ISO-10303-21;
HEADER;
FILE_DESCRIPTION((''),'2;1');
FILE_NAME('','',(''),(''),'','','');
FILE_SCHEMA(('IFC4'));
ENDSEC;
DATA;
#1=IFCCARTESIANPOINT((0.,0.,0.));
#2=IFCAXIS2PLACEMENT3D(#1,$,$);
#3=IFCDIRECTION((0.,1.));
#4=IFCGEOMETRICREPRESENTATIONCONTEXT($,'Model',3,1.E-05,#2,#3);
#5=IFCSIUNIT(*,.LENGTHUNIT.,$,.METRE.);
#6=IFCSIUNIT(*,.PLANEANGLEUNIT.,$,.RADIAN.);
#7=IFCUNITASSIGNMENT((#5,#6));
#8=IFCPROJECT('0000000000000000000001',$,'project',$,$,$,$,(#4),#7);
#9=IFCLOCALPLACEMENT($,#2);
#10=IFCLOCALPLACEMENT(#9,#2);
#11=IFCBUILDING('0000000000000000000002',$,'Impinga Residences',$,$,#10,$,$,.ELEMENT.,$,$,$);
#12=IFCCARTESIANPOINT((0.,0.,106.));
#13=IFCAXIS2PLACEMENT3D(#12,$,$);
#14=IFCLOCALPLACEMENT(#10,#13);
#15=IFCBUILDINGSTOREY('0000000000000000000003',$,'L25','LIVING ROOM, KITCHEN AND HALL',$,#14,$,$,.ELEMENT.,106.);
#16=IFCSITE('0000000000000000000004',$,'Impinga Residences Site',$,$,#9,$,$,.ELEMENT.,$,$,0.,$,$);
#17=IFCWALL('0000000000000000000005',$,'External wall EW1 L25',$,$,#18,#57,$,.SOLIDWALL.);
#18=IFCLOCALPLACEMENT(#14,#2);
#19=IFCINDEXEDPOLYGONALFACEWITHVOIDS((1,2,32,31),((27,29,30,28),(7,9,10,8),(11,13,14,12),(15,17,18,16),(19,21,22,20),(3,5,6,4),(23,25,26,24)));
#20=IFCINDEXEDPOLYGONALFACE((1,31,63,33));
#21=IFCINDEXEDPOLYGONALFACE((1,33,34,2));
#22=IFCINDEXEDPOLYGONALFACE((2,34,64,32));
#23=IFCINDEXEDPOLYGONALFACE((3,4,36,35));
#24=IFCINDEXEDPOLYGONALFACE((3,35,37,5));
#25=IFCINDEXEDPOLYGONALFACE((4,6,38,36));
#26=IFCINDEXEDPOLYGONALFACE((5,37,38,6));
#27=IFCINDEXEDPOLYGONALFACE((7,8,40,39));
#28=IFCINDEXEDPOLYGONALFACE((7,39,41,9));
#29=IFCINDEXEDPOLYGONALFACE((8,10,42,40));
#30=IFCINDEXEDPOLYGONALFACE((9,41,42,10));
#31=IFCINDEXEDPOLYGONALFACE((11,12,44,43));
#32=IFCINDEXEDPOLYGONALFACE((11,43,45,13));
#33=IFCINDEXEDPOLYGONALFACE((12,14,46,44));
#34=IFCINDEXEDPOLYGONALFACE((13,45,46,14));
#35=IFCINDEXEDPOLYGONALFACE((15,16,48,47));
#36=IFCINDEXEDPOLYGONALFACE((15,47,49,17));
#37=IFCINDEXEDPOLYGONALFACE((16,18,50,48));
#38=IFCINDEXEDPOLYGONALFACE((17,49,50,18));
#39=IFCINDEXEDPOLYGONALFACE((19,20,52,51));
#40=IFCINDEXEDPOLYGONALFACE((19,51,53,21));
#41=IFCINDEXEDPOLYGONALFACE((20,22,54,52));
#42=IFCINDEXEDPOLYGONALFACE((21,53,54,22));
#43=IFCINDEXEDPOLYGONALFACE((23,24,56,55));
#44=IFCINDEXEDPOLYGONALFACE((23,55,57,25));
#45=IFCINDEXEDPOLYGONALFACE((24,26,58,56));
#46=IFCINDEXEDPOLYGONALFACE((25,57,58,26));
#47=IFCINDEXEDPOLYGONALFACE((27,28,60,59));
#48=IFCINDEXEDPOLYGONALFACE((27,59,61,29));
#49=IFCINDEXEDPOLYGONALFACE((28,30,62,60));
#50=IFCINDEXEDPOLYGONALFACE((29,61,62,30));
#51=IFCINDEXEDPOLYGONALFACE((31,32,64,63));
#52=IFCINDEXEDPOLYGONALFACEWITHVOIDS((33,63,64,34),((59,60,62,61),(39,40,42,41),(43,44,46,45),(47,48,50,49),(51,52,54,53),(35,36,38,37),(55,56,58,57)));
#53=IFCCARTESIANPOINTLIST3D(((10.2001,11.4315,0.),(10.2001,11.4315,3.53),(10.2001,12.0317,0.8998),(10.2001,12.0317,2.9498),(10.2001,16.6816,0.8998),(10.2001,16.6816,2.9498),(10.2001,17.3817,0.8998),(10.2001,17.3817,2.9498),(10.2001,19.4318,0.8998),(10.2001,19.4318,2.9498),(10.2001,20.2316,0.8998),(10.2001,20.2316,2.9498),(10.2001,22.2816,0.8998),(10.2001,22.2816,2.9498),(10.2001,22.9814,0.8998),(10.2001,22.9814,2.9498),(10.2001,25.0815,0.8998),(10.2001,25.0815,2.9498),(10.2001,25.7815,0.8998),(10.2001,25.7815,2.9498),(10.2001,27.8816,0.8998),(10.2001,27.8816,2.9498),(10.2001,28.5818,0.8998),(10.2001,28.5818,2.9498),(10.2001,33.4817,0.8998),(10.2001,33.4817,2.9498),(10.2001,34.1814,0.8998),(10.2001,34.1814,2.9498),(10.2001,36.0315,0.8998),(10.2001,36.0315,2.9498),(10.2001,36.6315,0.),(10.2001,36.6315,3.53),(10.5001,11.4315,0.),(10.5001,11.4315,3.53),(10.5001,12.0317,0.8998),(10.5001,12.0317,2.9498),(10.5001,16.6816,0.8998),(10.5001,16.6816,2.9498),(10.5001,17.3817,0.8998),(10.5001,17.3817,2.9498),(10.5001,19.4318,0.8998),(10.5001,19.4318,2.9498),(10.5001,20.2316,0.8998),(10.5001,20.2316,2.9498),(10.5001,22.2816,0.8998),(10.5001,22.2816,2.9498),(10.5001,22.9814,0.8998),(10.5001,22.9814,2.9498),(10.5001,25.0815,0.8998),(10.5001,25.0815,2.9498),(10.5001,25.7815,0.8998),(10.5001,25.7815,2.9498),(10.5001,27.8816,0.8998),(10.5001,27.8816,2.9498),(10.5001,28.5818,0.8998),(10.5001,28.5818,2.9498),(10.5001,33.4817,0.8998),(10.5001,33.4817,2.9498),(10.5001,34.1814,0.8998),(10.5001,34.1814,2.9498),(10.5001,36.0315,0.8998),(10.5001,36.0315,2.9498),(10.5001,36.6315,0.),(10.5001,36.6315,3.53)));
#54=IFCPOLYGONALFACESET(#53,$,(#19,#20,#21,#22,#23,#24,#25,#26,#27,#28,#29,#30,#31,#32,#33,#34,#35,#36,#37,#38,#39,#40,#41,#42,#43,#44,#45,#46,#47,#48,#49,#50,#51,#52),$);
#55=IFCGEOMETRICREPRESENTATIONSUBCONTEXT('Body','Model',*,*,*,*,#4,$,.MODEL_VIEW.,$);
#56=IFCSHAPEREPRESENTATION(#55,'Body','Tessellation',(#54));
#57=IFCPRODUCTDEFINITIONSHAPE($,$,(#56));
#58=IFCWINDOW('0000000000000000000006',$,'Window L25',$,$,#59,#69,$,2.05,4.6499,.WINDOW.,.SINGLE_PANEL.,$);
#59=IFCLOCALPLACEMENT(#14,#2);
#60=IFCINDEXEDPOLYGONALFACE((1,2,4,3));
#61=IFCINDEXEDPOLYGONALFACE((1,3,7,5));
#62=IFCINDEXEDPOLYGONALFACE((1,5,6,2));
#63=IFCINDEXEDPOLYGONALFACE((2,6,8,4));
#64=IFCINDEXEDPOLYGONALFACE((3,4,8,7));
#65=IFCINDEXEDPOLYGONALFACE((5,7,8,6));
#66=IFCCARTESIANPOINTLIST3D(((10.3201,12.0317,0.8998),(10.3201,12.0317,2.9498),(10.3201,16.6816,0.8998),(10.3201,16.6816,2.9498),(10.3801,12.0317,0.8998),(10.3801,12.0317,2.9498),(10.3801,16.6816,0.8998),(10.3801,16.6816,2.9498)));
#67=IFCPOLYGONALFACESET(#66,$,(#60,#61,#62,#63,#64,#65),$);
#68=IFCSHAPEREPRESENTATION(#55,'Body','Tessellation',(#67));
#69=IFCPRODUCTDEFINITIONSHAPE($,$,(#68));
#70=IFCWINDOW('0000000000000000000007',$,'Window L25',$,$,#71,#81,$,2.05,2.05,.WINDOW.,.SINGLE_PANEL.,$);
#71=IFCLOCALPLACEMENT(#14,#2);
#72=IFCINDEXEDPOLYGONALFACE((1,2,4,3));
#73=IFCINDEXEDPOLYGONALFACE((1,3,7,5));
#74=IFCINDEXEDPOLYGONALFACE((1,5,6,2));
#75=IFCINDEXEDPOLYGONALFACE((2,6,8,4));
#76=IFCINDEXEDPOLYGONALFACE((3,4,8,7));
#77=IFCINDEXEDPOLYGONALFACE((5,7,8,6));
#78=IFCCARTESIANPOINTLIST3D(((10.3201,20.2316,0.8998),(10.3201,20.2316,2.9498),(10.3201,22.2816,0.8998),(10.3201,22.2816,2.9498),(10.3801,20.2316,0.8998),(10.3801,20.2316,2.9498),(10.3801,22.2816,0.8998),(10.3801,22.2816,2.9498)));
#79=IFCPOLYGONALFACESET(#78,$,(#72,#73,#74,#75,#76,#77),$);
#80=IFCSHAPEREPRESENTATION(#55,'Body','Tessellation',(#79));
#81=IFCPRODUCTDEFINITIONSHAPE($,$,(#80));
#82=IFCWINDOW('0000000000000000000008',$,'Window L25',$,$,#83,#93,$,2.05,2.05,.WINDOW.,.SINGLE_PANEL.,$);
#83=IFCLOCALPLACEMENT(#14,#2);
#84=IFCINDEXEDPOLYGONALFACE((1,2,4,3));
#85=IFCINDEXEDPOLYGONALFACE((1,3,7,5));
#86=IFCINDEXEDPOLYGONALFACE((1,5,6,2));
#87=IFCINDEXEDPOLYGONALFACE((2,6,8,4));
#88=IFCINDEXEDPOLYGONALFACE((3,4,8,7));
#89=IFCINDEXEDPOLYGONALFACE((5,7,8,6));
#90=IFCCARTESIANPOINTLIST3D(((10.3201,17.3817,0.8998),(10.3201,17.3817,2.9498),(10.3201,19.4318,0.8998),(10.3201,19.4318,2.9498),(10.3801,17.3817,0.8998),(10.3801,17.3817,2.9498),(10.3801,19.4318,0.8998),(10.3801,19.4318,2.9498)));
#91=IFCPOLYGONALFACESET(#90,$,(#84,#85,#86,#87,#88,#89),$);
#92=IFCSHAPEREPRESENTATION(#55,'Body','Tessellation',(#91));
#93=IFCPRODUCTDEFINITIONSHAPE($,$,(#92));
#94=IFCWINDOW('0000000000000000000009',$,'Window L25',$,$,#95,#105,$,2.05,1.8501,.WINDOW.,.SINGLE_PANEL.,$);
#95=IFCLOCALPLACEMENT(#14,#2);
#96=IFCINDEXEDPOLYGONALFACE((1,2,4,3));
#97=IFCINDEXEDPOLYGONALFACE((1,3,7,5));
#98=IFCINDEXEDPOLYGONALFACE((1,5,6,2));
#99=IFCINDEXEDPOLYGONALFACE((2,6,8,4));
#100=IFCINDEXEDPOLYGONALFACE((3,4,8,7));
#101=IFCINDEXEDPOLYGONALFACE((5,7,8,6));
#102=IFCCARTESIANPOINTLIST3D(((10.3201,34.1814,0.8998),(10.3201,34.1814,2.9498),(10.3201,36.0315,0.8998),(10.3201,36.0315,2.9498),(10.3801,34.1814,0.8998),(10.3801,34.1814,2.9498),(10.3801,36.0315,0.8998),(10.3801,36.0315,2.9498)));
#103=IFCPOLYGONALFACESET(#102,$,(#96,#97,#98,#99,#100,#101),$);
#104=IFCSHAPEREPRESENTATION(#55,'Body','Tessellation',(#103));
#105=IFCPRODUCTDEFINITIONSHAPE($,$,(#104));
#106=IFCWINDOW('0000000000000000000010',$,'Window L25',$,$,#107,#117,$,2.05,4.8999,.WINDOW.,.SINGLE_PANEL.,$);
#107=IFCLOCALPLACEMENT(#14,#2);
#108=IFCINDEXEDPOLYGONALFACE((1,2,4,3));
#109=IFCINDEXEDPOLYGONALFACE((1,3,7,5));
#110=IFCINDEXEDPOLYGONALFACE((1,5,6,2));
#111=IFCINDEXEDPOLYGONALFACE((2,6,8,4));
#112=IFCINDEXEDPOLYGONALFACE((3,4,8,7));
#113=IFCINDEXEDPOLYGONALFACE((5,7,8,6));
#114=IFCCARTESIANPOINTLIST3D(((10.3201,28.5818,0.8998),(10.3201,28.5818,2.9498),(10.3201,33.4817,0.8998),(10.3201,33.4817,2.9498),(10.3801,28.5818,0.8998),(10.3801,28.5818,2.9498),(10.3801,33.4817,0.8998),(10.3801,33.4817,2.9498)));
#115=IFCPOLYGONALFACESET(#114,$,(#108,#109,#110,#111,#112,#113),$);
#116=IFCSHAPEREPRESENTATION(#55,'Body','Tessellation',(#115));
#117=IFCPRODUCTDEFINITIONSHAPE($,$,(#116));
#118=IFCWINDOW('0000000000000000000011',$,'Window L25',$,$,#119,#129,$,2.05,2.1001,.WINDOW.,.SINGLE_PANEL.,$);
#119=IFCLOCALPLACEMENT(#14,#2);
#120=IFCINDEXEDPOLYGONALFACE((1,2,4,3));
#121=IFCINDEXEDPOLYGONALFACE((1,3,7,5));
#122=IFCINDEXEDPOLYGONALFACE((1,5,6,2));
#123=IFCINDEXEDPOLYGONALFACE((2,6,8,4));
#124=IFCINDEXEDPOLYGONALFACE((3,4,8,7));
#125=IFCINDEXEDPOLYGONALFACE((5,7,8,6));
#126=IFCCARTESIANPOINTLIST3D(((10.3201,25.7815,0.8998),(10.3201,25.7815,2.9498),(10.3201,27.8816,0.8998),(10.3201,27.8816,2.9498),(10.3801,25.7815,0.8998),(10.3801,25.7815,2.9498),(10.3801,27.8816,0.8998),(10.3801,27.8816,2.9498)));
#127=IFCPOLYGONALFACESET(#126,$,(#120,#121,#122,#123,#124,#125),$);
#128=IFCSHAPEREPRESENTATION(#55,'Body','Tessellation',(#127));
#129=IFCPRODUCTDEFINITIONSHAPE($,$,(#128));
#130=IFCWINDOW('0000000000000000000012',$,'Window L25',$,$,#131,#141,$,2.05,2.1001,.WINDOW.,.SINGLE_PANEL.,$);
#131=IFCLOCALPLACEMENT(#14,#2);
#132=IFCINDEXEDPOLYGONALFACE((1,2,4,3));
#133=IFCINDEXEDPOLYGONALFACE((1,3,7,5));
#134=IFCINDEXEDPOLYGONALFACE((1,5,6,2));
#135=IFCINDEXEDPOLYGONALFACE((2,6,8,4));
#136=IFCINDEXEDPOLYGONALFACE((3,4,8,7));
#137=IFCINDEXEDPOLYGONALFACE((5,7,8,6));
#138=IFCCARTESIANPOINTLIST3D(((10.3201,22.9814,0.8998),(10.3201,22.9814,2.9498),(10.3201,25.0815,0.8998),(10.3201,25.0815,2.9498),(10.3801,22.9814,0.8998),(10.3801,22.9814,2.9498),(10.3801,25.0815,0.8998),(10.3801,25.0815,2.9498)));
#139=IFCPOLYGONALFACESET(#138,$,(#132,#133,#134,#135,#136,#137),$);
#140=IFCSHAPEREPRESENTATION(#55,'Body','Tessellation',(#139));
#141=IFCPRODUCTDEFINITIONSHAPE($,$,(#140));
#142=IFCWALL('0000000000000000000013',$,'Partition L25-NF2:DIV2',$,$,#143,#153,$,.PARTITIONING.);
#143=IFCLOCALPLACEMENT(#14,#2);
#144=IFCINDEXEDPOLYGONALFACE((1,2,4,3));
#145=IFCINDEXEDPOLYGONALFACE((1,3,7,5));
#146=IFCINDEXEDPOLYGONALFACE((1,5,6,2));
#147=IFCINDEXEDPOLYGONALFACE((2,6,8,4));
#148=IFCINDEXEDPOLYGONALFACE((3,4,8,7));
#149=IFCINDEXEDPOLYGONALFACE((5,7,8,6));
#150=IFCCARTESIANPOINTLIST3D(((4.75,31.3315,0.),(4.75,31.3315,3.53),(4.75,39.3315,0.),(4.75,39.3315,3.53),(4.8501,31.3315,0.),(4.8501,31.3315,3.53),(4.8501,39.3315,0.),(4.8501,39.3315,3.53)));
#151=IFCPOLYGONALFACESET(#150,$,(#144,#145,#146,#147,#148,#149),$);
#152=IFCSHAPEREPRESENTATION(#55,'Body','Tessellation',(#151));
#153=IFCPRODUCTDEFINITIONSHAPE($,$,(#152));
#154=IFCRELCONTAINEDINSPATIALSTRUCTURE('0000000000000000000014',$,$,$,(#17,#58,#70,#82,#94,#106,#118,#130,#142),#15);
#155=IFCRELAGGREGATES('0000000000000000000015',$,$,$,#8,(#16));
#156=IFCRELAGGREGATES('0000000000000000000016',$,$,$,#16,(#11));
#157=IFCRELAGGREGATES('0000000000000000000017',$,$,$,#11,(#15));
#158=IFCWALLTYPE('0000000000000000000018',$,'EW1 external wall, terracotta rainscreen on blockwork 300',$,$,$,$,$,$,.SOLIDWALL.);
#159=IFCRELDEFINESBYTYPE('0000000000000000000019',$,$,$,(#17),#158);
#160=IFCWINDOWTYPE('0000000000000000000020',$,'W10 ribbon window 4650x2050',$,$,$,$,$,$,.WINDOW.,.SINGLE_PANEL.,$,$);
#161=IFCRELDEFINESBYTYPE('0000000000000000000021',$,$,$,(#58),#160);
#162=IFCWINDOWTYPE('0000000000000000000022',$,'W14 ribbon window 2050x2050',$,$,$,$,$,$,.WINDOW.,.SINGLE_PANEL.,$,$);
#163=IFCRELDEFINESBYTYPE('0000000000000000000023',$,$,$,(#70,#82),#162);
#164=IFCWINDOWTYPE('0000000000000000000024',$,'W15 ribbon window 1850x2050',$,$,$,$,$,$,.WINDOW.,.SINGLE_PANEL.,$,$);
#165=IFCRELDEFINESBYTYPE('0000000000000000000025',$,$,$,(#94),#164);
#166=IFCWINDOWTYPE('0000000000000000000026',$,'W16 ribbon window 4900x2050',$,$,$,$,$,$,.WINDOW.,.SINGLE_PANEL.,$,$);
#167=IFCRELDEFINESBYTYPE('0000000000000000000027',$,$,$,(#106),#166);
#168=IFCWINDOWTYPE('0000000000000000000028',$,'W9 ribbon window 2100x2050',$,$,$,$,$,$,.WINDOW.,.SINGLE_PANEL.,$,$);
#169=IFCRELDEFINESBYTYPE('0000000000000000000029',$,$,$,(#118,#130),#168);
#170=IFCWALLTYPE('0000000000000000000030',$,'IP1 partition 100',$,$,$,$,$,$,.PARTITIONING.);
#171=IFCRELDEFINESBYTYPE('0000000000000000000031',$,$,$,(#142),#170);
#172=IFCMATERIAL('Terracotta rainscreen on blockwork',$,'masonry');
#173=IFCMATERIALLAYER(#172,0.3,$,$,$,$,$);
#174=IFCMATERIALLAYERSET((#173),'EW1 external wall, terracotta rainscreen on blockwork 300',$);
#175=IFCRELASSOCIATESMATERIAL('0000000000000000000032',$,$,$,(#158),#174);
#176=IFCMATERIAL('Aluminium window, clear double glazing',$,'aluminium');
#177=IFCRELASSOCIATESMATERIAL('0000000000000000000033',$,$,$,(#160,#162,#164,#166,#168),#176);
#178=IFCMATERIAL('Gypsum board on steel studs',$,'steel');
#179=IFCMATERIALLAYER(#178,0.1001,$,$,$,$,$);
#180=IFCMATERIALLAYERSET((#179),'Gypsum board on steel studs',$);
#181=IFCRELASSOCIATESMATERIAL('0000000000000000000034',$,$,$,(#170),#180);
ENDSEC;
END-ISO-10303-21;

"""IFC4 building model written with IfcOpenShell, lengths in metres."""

from ifc_helpers import new_model, si_unit, direction, frame, frame_2d, origin, place, context, subcontext, project, spatial, rectangle, extrude, material, layer, layer_set, type_object, element, fill, save


model = new_model("IFC4")

# Units and contexts
model_context = context("Model", 3, precision=1e-05, world=origin(), true_north=direction((0.0, 1.0)))
body_context = subcontext(model_context, "Body", "Model", "MODEL_VIEW")
ifc_project = project(units=[si_unit("LENGTHUNIT", "METRE"), si_unit("PLANEANGLEUNIT", "RADIAN")], contexts=[model_context])

# Site, building, storey
site_placement = place(None, origin())
site = spatial("IfcSite", under=ifc_project, at=site_placement, Name="Impinga Residences Site", CompositionType="ELEMENT", RefElevation=0.0)
building_placement = place(site_placement, origin())
building = spatial("IfcBuilding", under=site, at=building_placement, Name="Impinga Residences", CompositionType="ELEMENT")
storey_placement = place(building_placement, frame((0.0, 0.0, 106.0)))
storey = spatial("IfcBuildingStorey", under=building, at=storey_placement, Name="L25", Description="LIVING ROOM, KITCHEN AND HALL", CompositionType="ELEMENT", Elevation=106.0)

# Shared definitions
ifc_material_1 = material(Name="Terracotta rainscreen on blockwork", Category="masonry")
ifc_layer_1 = layer(ifc_material_1, 0.3)
ifc_layer_set_1 = layer_set([ifc_layer_1], Name="EW1 external wall, terracotta rainscreen on blockwork 300")
wall_type_1 = type_object("IfcWallType", Name="EW1 external wall, terracotta rainscreen on blockwork 300", PredefinedType="SOLIDWALL", material=ifc_layer_set_1)

# Wall, openings, windows
wall_1_placement = place(storey_placement, frame((10.3501, 36.6316, 0.0), z_axis=(0.0, 0.0, 1.0), x_axis=(0.0, -1.0, 0.0)))
wall_1 = element("IfcWall", 1, at=wall_1_placement, inside=storey, type_object=wall_type_1, Name="External wall EW1 L25", PredefinedType="SOLIDWALL", context=body_context, shape_type="SweptSolid", body=[
    extrude(rectangle(XDim=25.2, YDim=0.3, at=frame_2d((12.6001, 0.0))), origin(), (0.0, 0.0, 1.0), 3.53),
])
opening_1_placement = place(wall_1_placement, frame((0.6001, 0.0, 0.8999)))
opening_1 = element("IfcOpeningElement", 2, at=opening_1_placement, cuts=wall_1, PredefinedType="OPENING", context=body_context, shape_type="SweptSolid", body=[
    extrude(rectangle(XDim=1.8501, YDim=2.05, at=frame_2d((0.925, 1.0249))), frame((0.0, 0.1599, 0.0), z_axis=(0.0, -1.0, 0.0), x_axis=(1.0, 0.0, 0.0)), (0.0, 0.0, 1.0), 0.3201),
])
opening_2_placement = place(wall_1_placement, frame((3.1499, 0.0, 0.8999)))
opening_2 = element("IfcOpeningElement", 3, at=opening_2_placement, cuts=wall_1, PredefinedType="OPENING", context=body_context, shape_type="SweptSolid", body=[
    extrude(rectangle(XDim=4.8999, YDim=2.05, at=frame_2d((2.45, 1.0249))), frame((0.0, 0.1599, 0.0), z_axis=(0.0, -1.0, 0.0), x_axis=(1.0, 0.0, 0.0)), (0.0, 0.0, 1.0), 0.3201),
])
opening_3_placement = place(wall_1_placement, frame((8.75, 0.0, 0.8999)))
opening_3 = element("IfcOpeningElement", 4, at=opening_3_placement, cuts=wall_1, PredefinedType="OPENING", context=body_context, shape_type="SweptSolid", body=[
    extrude(rectangle(XDim=2.1001, YDim=2.05, at=frame_2d((1.05, 1.0249))), frame((0.0, 0.1599, 0.0), z_axis=(0.0, -1.0, 0.0), x_axis=(1.0, 0.0, 0.0)), (0.0, 0.0, 1.0), 0.3201),
])
opening_4_placement = place(wall_1_placement, frame((11.55, 0.0, 0.8999)))
opening_4 = element("IfcOpeningElement", 5, at=opening_4_placement, cuts=wall_1, PredefinedType="OPENING", context=body_context, shape_type="SweptSolid", body=[
    extrude(rectangle(XDim=2.1001, YDim=2.05, at=frame_2d((1.05, 1.0249))), frame((0.0, 0.1599, 0.0), z_axis=(0.0, -1.0, 0.0), x_axis=(1.0, 0.0, 0.0)), (0.0, 0.0, 1.0), 0.3201),
])
opening_5_placement = place(wall_1_placement, frame((14.3501, 0.0, 0.8999)))
opening_5 = element("IfcOpeningElement", 6, at=opening_5_placement, cuts=wall_1, PredefinedType="OPENING", context=body_context, shape_type="SweptSolid", body=[
    extrude(rectangle(XDim=2.05, YDim=2.05, at=frame_2d((1.0249, 1.0249))), frame((0.0, 0.1599, 0.0), z_axis=(0.0, -1.0, 0.0), x_axis=(1.0, 0.0, 0.0)), (0.0, 0.0, 1.0), 0.3201),
])
opening_6_placement = place(wall_1_placement, frame((17.2, 0.0, 0.8999)))
opening_6 = element("IfcOpeningElement", 7, at=opening_6_placement, cuts=wall_1, PredefinedType="OPENING", context=body_context, shape_type="SweptSolid", body=[
    extrude(rectangle(XDim=2.05, YDim=2.05, at=frame_2d((1.0249, 1.0249))), frame((0.0, 0.1599, 0.0), z_axis=(0.0, -1.0, 0.0), x_axis=(1.0, 0.0, 0.0)), (0.0, 0.0, 1.0), 0.3201),
])
opening_7_placement = place(wall_1_placement, frame((19.95, 0.0, 0.8999)))
opening_7 = element("IfcOpeningElement", 8, at=opening_7_placement, cuts=wall_1, PredefinedType="OPENING", context=body_context, shape_type="SweptSolid", body=[
    extrude(rectangle(XDim=4.6499, YDim=2.05, at=frame_2d((2.325, 1.0249))), frame((0.0, 0.1599, 0.0), z_axis=(0.0, -1.0, 0.0), x_axis=(1.0, 0.0, 0.0)), (0.0, 0.0, 1.0), 0.3201),
])
ifc_material_2 = material(Name="Aluminium window, clear double glazing", Category="aluminium")
window_type_1 = type_object("IfcWindowType", Name="W10 ribbon window 4650x2050", PartitioningType="SINGLE_PANEL", PredefinedType="WINDOW", material=ifc_material_2)
window_1_placement = place(opening_7_placement, origin())
window_1 = element("IfcWindow", 9, at=window_1_placement, inside=storey, type_object=window_type_1, Name="Window L25", OverallHeight=2.05, OverallWidth=4.6499, PartitioningType="SINGLE_PANEL", PredefinedType="WINDOW", context=body_context, shape_type="SweptSolid", body=[
    extrude(rectangle(XDim=4.6499, YDim=2.05, at=frame_2d((2.325, 1.0249))), frame((0.0, 0.03, 0.0), z_axis=(0.0, -1.0, 0.0), x_axis=(1.0, 0.0, 0.0)), (0.0, 0.0, 1.0), 0.0601),
])
fill(opening_7, window_1)
window_type_2 = type_object("IfcWindowType", Name="W14 ribbon window 2050x2050", PartitioningType="SINGLE_PANEL", PredefinedType="WINDOW", material=ifc_material_2)
window_2_placement = place(opening_5_placement, origin())
window_2 = element("IfcWindow", 10, at=window_2_placement, inside=storey, type_object=window_type_2, Name="Window L25", OverallHeight=2.05, OverallWidth=2.05, PartitioningType="SINGLE_PANEL", PredefinedType="WINDOW", context=body_context, shape_type="SweptSolid", body=[
    extrude(rectangle(XDim=2.05, YDim=2.05, at=frame_2d((1.0249, 1.0249))), frame((0.0, 0.03, 0.0), z_axis=(0.0, -1.0, 0.0), x_axis=(1.0, 0.0, 0.0)), (0.0, 0.0, 1.0), 0.0601),
])
fill(opening_5, window_2)
window_3_placement = place(opening_6_placement, origin())
window_3 = element("IfcWindow", 11, at=window_3_placement, inside=storey, type_object=window_type_2, Name="Window L25", OverallHeight=2.05, OverallWidth=2.05, PartitioningType="SINGLE_PANEL", PredefinedType="WINDOW", context=body_context, shape_type="SweptSolid", body=[
    extrude(rectangle(XDim=2.05, YDim=2.05, at=frame_2d((1.0249, 1.0249))), frame((0.0, 0.03, 0.0), z_axis=(0.0, -1.0, 0.0), x_axis=(1.0, 0.0, 0.0)), (0.0, 0.0, 1.0), 0.0601),
])
fill(opening_6, window_3)
window_type_3 = type_object("IfcWindowType", Name="W15 ribbon window 1850x2050", PartitioningType="SINGLE_PANEL", PredefinedType="WINDOW", material=ifc_material_2)
window_4_placement = place(opening_1_placement, origin())
window_4 = element("IfcWindow", 12, at=window_4_placement, inside=storey, type_object=window_type_3, Name="Window L25", OverallHeight=2.05, OverallWidth=1.8501, PartitioningType="SINGLE_PANEL", PredefinedType="WINDOW", context=body_context, shape_type="SweptSolid", body=[
    extrude(rectangle(XDim=1.8501, YDim=2.05, at=frame_2d((0.925, 1.0249))), frame((0.0, 0.03, 0.0), z_axis=(0.0, -1.0, 0.0), x_axis=(1.0, 0.0, 0.0)), (0.0, 0.0, 1.0), 0.0601),
])
fill(opening_1, window_4)
window_type_4 = type_object("IfcWindowType", Name="W16 ribbon window 4900x2050", PartitioningType="SINGLE_PANEL", PredefinedType="WINDOW", material=ifc_material_2)
window_5_placement = place(opening_2_placement, origin())
window_5 = element("IfcWindow", 13, at=window_5_placement, inside=storey, type_object=window_type_4, Name="Window L25", OverallHeight=2.05, OverallWidth=4.8999, PartitioningType="SINGLE_PANEL", PredefinedType="WINDOW", context=body_context, shape_type="SweptSolid", body=[
    extrude(rectangle(XDim=4.8999, YDim=2.05, at=frame_2d((2.45, 1.0249))), frame((0.0, 0.03, 0.0), z_axis=(0.0, -1.0, 0.0), x_axis=(1.0, 0.0, 0.0)), (0.0, 0.0, 1.0), 0.0601),
])
fill(opening_2, window_5)
window_type_5 = type_object("IfcWindowType", Name="W9 ribbon window 2100x2050", PartitioningType="SINGLE_PANEL", PredefinedType="WINDOW", material=ifc_material_2)
window_6_placement = place(opening_3_placement, origin())
window_6 = element("IfcWindow", 14, at=window_6_placement, inside=storey, type_object=window_type_5, Name="Window L25", OverallHeight=2.05, OverallWidth=2.1001, PartitioningType="SINGLE_PANEL", PredefinedType="WINDOW", context=body_context, shape_type="SweptSolid", body=[
    extrude(rectangle(XDim=2.1001, YDim=2.05, at=frame_2d((1.05, 1.0249))), frame((0.0, 0.03, 0.0), z_axis=(0.0, -1.0, 0.0), x_axis=(1.0, 0.0, 0.0)), (0.0, 0.0, 1.0), 0.0601),
])
fill(opening_3, window_6)
window_7_placement = place(opening_4_placement, origin())
window_7 = element("IfcWindow", 15, at=window_7_placement, inside=storey, type_object=window_type_5, Name="Window L25", OverallHeight=2.05, OverallWidth=2.1001, PartitioningType="SINGLE_PANEL", PredefinedType="WINDOW", context=body_context, shape_type="SweptSolid", body=[
    extrude(rectangle(XDim=2.1001, YDim=2.05, at=frame_2d((1.05, 1.0249))), frame((0.0, 0.03, 0.0), z_axis=(0.0, -1.0, 0.0), x_axis=(1.0, 0.0, 0.0)), (0.0, 0.0, 1.0), 0.0601),
])
fill(opening_4, window_7)

# Wall
ifc_material_3 = material(Name="Gypsum board on steel studs", Category="steel")
ifc_layer_2 = layer(ifc_material_3, 0.1001)
ifc_layer_set_2 = layer_set([ifc_layer_2], Name="Gypsum board on steel studs")
wall_type_2 = type_object("IfcWallType", Name="IP1 partition 100", PredefinedType="PARTITIONING", material=ifc_layer_set_2)
wall_2_placement = place(storey_placement, frame((4.8, 31.3315, 0.0), z_axis=(0.0, 0.0, 1.0), x_axis=(0.0, 1.0, 0.0)))
element("IfcWall", 16, at=wall_2_placement, inside=storey, type_object=wall_type_2, Name="Partition L25-NF2:DIV2", PredefinedType="PARTITIONING", context=body_context, shape_type="SweptSolid", body=[
    extrude(rectangle(XDim=8.0, YDim=0.1001, at=frame_2d((4.0, 0.0))), origin(), (0.0, 0.0, 1.0), 3.53),
])

save(model, "model.ifc")
